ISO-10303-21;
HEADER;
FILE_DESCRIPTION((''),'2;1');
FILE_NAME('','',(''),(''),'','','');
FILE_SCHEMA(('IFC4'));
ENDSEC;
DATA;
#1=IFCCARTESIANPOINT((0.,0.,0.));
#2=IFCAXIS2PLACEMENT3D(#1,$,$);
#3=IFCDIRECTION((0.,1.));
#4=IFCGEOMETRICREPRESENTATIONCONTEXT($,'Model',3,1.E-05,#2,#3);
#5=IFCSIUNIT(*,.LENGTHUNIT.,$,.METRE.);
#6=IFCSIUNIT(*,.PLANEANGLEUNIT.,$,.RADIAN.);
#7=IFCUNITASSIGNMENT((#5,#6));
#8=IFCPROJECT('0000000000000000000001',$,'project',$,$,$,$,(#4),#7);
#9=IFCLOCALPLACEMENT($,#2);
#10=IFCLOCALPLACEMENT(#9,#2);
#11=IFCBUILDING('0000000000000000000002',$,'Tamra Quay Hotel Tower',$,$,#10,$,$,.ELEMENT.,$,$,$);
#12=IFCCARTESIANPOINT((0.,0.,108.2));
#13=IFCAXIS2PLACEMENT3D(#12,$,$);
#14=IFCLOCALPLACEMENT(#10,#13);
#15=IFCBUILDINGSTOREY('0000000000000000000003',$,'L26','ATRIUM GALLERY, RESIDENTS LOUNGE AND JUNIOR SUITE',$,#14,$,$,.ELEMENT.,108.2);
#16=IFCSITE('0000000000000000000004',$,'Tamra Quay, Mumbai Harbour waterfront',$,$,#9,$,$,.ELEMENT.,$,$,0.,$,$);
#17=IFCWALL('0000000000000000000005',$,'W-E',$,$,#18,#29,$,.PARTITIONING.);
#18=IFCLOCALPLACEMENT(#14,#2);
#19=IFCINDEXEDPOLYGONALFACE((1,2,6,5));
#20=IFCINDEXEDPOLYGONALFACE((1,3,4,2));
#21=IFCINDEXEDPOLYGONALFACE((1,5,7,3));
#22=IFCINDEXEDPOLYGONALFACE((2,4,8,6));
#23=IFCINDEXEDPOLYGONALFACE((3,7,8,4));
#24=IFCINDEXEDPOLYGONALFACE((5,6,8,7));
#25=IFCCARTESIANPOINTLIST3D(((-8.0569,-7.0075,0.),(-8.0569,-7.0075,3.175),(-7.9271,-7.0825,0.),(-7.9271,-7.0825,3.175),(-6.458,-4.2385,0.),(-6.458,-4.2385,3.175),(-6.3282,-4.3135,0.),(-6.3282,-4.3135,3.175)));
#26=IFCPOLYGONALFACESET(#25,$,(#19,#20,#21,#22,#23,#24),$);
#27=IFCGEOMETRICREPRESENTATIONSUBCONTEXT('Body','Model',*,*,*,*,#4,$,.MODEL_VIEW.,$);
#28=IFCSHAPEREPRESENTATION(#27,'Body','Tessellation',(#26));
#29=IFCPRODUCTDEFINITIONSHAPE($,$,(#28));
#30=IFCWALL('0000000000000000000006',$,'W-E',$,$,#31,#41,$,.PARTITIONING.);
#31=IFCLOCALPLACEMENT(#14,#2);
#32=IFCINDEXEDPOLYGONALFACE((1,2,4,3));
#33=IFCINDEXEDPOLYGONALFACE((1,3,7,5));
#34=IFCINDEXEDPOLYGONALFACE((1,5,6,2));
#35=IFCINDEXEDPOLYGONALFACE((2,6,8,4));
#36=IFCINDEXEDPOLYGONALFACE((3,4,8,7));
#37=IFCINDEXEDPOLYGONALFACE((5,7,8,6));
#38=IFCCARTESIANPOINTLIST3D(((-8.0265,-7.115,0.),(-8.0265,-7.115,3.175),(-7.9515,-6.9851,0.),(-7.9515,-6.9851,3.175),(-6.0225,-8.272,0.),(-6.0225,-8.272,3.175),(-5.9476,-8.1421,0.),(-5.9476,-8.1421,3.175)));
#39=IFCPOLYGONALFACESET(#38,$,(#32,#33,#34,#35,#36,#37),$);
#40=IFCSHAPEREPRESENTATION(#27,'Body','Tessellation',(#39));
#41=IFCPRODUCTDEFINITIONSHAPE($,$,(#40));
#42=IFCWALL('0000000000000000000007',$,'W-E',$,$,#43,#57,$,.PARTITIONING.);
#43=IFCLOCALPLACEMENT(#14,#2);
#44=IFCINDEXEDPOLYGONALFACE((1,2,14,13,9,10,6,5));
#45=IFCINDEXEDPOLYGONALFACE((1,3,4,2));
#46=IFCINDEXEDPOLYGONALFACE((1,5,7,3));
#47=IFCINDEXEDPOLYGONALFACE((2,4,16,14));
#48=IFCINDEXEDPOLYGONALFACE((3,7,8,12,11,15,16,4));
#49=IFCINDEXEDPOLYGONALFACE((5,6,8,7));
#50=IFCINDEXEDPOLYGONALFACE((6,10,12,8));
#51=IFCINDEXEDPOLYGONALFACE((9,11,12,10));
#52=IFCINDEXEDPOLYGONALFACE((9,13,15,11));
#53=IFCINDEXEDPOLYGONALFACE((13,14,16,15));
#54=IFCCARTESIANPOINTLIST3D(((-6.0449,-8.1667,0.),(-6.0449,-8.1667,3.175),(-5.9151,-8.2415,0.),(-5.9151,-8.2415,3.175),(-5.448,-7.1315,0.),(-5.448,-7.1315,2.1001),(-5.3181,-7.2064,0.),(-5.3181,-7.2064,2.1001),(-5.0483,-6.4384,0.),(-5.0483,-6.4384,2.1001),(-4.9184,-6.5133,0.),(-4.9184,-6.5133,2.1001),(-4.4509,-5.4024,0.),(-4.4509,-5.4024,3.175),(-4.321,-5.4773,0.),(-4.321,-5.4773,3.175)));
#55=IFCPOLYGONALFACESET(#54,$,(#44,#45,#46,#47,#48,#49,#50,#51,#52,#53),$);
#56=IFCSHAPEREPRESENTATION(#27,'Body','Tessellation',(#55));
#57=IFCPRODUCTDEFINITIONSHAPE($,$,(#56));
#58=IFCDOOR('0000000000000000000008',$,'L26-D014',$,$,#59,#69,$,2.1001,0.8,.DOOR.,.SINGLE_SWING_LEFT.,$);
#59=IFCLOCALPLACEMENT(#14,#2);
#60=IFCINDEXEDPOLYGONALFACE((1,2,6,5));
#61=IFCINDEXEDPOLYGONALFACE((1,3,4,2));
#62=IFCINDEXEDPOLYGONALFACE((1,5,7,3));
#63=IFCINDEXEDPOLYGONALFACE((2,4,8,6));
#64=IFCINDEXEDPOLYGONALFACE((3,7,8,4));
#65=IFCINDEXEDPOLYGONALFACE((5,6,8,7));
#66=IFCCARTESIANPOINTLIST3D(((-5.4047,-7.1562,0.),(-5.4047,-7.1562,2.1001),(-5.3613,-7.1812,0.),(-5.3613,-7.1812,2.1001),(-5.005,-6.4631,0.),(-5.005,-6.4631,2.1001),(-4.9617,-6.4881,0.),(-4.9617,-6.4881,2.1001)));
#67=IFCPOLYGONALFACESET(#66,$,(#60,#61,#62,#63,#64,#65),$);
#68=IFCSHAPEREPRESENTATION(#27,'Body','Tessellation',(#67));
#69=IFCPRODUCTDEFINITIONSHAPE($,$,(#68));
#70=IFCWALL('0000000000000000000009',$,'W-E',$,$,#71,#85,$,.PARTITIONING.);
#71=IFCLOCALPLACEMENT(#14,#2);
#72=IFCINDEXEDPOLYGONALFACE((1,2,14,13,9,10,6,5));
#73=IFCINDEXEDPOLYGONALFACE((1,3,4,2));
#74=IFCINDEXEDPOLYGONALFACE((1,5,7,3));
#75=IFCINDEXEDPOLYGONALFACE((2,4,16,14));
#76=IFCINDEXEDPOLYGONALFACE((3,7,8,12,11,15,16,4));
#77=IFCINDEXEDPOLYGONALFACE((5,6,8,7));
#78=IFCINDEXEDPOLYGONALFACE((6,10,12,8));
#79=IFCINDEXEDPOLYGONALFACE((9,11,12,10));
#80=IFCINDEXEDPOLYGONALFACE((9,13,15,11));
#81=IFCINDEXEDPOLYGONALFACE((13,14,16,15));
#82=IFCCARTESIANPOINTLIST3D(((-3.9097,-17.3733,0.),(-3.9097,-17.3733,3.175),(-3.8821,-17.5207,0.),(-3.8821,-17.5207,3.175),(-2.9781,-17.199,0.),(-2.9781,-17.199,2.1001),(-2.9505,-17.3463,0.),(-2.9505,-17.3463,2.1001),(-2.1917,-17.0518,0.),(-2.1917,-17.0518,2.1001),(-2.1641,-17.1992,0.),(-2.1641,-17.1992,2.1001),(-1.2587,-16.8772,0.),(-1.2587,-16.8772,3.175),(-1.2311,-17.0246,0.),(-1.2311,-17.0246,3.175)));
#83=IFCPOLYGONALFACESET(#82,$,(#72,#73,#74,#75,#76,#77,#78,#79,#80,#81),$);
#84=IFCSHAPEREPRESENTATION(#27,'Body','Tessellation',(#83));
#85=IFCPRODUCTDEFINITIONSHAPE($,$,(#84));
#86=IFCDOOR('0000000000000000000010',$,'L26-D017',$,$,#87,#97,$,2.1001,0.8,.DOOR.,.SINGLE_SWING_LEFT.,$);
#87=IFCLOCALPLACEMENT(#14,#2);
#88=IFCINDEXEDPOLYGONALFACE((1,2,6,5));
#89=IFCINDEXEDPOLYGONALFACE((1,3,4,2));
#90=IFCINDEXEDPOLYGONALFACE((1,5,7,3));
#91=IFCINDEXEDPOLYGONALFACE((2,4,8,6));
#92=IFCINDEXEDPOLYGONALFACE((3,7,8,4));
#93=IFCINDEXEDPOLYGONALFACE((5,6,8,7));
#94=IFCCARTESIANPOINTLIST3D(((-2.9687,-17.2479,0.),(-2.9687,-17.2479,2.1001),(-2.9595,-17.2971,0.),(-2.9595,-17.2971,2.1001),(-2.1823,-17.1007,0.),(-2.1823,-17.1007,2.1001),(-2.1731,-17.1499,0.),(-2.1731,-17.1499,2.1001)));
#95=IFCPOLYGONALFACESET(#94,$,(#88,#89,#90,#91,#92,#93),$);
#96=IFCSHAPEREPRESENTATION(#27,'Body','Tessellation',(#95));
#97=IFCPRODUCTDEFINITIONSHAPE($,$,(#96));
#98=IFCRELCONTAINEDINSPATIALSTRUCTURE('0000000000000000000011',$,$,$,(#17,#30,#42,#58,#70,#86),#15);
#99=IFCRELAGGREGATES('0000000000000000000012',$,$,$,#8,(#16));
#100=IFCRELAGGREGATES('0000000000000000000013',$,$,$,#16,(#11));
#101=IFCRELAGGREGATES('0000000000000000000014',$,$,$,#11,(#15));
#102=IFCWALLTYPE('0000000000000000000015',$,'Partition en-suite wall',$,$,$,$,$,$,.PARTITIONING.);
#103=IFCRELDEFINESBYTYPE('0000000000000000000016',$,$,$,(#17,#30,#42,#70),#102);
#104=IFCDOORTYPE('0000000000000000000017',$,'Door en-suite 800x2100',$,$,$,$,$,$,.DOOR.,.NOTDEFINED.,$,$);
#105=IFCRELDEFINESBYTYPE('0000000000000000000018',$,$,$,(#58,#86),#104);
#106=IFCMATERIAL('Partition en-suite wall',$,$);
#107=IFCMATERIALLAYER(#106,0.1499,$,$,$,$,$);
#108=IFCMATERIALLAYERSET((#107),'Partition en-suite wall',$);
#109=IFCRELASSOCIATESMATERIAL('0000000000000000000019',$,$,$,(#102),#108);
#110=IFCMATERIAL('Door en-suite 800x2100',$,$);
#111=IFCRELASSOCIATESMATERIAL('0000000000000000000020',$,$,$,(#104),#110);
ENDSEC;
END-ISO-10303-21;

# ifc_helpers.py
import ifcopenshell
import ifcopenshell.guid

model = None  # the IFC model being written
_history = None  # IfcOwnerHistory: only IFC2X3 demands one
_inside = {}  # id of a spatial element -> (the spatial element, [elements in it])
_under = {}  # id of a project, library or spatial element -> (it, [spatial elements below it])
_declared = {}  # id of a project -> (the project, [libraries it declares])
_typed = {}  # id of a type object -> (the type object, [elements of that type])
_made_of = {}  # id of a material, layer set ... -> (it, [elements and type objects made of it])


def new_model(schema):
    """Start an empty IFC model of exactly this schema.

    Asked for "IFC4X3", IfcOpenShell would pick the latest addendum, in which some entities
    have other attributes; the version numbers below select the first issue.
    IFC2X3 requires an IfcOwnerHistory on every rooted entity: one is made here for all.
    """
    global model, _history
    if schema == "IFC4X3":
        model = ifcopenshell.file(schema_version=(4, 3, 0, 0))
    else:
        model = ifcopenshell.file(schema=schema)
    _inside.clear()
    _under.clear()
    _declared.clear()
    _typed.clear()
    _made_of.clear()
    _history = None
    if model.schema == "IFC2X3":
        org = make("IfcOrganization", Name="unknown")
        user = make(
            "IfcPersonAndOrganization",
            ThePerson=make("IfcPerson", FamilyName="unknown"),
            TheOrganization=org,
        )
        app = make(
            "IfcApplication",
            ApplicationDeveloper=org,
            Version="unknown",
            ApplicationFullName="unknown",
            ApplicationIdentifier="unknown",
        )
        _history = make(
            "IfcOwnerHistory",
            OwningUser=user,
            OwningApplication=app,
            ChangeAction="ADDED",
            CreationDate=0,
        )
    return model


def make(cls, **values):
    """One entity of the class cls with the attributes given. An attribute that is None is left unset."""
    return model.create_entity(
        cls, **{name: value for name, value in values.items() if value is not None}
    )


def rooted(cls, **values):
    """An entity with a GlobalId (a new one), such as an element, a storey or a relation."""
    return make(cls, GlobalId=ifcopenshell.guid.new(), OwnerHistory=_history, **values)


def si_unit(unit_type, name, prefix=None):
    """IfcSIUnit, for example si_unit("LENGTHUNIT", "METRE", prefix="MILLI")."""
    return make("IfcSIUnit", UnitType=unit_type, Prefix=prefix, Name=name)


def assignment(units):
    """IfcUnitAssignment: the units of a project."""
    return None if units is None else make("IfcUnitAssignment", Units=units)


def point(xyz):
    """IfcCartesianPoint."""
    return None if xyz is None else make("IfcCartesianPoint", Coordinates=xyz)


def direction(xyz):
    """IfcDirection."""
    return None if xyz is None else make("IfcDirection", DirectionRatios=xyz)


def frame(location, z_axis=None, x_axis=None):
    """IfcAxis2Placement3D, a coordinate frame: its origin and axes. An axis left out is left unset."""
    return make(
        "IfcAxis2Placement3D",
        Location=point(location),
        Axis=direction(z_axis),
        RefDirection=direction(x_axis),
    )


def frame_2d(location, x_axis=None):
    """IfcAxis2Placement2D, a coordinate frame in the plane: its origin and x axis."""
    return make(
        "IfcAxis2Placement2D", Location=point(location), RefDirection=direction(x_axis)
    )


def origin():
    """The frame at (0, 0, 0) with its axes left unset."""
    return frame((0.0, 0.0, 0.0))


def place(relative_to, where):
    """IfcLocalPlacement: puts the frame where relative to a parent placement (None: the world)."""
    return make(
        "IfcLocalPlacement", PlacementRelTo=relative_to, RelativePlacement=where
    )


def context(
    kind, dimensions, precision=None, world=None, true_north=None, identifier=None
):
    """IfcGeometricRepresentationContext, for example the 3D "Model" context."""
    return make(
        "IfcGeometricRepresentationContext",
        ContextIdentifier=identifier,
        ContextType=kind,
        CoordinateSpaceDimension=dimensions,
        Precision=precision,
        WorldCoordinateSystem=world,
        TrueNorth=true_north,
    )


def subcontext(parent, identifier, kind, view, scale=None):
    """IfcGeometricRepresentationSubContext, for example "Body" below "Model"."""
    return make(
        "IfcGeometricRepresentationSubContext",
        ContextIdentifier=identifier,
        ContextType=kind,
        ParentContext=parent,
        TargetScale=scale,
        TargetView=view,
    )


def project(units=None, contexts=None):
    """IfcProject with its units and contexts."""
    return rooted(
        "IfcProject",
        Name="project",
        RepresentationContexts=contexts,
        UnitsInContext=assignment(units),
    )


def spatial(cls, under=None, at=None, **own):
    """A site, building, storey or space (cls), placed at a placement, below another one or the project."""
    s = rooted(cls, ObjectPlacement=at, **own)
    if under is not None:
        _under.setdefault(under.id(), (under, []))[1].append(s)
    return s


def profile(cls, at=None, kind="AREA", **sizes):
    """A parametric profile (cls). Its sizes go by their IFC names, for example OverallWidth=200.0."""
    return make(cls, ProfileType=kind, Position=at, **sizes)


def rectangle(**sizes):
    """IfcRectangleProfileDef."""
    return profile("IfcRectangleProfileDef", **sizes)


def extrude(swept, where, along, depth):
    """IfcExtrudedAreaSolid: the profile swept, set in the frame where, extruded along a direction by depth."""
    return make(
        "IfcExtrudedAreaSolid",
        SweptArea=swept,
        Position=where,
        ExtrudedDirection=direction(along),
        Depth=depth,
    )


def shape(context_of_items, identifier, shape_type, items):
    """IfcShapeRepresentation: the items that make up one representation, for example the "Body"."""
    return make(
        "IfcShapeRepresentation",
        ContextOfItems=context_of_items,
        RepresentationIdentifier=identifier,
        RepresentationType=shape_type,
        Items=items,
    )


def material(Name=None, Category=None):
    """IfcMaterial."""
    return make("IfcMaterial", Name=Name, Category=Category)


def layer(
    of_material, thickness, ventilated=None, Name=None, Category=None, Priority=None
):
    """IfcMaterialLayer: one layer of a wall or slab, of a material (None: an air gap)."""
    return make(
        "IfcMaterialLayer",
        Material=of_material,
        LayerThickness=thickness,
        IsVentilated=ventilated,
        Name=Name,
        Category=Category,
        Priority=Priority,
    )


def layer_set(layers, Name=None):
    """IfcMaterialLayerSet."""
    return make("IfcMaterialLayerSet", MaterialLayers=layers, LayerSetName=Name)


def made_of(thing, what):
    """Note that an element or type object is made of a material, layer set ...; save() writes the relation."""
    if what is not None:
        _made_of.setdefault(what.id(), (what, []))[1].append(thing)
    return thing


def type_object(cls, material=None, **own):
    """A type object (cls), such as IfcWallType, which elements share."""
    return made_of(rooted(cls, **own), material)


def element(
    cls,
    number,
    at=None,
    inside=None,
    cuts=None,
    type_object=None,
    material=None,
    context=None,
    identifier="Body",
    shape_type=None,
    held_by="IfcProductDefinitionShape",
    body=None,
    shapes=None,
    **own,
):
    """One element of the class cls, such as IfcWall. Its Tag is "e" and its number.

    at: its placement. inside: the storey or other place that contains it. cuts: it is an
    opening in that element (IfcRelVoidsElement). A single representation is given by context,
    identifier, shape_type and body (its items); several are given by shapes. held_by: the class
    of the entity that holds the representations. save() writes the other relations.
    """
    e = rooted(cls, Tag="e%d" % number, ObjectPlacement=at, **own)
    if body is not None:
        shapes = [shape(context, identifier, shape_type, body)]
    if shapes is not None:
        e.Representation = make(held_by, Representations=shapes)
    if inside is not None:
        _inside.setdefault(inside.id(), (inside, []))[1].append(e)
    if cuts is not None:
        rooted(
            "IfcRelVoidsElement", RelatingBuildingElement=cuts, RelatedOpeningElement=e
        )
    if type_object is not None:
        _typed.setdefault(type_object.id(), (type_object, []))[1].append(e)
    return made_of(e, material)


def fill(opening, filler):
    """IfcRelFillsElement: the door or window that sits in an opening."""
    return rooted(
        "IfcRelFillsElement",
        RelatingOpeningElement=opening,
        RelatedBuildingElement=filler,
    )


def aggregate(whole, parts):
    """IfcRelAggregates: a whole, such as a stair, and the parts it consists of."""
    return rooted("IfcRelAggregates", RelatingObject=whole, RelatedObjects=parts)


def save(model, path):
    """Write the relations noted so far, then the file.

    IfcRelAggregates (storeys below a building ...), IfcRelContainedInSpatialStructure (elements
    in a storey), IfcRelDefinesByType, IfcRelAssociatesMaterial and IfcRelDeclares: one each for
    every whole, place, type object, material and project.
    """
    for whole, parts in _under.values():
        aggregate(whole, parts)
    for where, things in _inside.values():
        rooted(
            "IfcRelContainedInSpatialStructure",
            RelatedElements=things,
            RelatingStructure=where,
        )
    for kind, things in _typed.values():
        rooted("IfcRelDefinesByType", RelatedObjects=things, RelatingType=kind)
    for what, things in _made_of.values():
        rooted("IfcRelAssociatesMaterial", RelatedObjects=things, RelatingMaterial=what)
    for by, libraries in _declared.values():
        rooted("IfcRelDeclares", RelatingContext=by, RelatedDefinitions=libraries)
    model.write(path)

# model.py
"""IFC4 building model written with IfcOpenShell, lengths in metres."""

from ifc_helpers import new_model, si_unit, direction, frame, frame_2d, origin, place, context, subcontext, project, spatial, rectangle, extrude, material, layer, layer_set, type_object, element, fill, save


model = new_model("IFC4")

# Units and contexts
model_context = context("Model", 3, precision=1e-05, world=origin(), true_north=direction((0.0, 1.0)))
body_context = subcontext(model_context, "Body", "Model", "MODEL_VIEW")
ifc_project = project(units=[si_unit("LENGTHUNIT", "METRE"), si_unit("PLANEANGLEUNIT", "RADIAN")], contexts=[model_context])

# Site, building, storey
site_placement = place(None, origin())
site = spatial("IfcSite", under=ifc_project, at=site_placement, Name="Tamra Quay, Mumbai Harbour waterfront", CompositionType="ELEMENT", RefElevation=0.0)
building_placement = place(site_placement, origin())
building = spatial("IfcBuilding", under=site, at=building_placement, Name="Tamra Quay Hotel Tower", CompositionType="ELEMENT")
storey_placement = place(building_placement, frame((0.0, 0.0, 108.2)))
storey = spatial("IfcBuildingStorey", under=building, at=storey_placement, Name="L26", Description="ATRIUM GALLERY, RESIDENTS LOUNGE AND JUNIOR SUITE", CompositionType="ELEMENT", Elevation=108.2)

# Walls
ifc_material_1 = material(Name="Partition en-suite wall")
ifc_layer_1 = layer(ifc_material_1, 0.1499)
ifc_layer_set_1 = layer_set([ifc_layer_1], Name="Partition en-suite wall")
wall_type_1 = type_object("IfcWallType", Name="Partition en-suite wall", PredefinedType="PARTITIONING", material=ifc_layer_set_1)
wall_1_placement = place(storey_placement, frame((-7.9919, -7.0449, 0.0), z_axis=(0.0, 0.0, 1.0), x_axis=(0.50004, 0.866002, 0.0)))
element("IfcWall", 1, at=wall_1_placement, inside=storey, type_object=wall_type_1, Name="W-E", PredefinedType="PARTITIONING", context=body_context, shape_type="SweptSolid", body=[
    extrude(rectangle(XDim=3.1975, YDim=0.1499, at=frame_2d((1.5986, 0.0))), origin(), (0.0, 0.0, 1.0), 3.175),
])
wall_2_placement = place(storey_placement, frame((-7.989, -7.05, 0.0), z_axis=(0.0, 0.0, 1.0), x_axis=(0.86602, -0.500009, 0.0)))
element("IfcWall", 2, at=wall_2_placement, inside=storey, type_object=wall_type_1, Name="W-E", PredefinedType="PARTITIONING", context=body_context, shape_type="SweptSolid", body=[
    extrude(rectangle(XDim=2.314, YDim=0.1499, at=frame_2d((1.157, 0.0))), origin(), (0.0, 0.0, 1.0), 3.175),
])

# Walls, openings, doors
wall_3_placement = place(storey_placement, frame((-5.98, -8.2041, 0.0), z_axis=(0.0, 0.0, 1.0), x_axis=(0.499555, 0.866282, 0.0)))
wall_3 = element("IfcWall", 3, at=wall_3_placement, inside=storey, type_object=wall_type_1, Name="W-E", PredefinedType="PARTITIONING", context=body_context, shape_type="SweptSolid", body=[
    extrude(rectangle(XDim=3.1909, YDim=0.1499, at=frame_2d((1.5955, 0.0))), origin(), (0.0, 0.0, 1.0), 3.175),
])
opening_1_placement = place(wall_3_placement, frame((1.1951, 0.0, 0.0)))
opening_1 = element("IfcOpeningElement", 4, at=opening_1_placement, cuts=wall_3, PredefinedType="OPENING", context=body_context, shape_type="SweptSolid", body=[
    extrude(rectangle(XDim=0.8, YDim=2.1001, at=frame_2d((0.3999, 1.05))), frame((0.0, 0.085, 0.0), z_axis=(0.0, -1.0, 0.0), x_axis=(1.0, 0.0, 0.0)), (0.0, 0.0, 1.0), 0.1699),
])
ifc_material_2 = material(Name="Door en-suite 800x2100")
door_type_1 = type_object("IfcDoorType", Name="Door en-suite 800x2100", OperationType="NOTDEFINED", PredefinedType="DOOR", material=ifc_material_2)
door_1_placement = place(opening_1_placement, frame((0.8, 0.0, 0.0), z_axis=(0.0, 0.0, 1.0), x_axis=(-1.0, 0.0, 0.0)))
door_1 = element("IfcDoor", 5, at=door_1_placement, inside=storey, type_object=door_type_1, Name="L26-D014", OperationType="SINGLE_SWING_LEFT", OverallHeight=2.1001, OverallWidth=0.8, PredefinedType="DOOR", context=body_context, shape_type="SweptSolid", body=[
    extrude(rectangle(XDim=0.8, YDim=2.1001, at=frame_2d((0.3999, 1.05))), frame((0.0, 0.0249, 0.0), z_axis=(0.0, -1.0, 0.0), x_axis=(1.0, 0.0, 0.0)), (0.0, 0.0, 1.0), 0.05),
])
fill(opening_1, door_1)
wall_4_placement = place(storey_placement, frame((-3.896, -17.447, 0.0), z_axis=(0.0, 0.0, 1.0), x_axis=(0.982936, 0.18395, 0.0)))
wall_4 = element("IfcWall", 6, at=wall_4_placement, inside=storey, type_object=wall_type_1, Name="W-E", PredefinedType="PARTITIONING", context=body_context, shape_type="SweptSolid", body=[
    extrude(rectangle(XDim=2.697, YDim=0.1499, at=frame_2d((1.3486, 0.0))), origin(), (0.0, 0.0, 1.0), 3.175),
])
opening_2_placement = place(wall_4_placement, frame((0.948, 0.0, 0.0)))
opening_2 = element("IfcOpeningElement", 7, at=opening_2_placement, cuts=wall_4, PredefinedType="OPENING", context=body_context, shape_type="SweptSolid", body=[
    extrude(rectangle(XDim=0.8, YDim=2.1001, at=frame_2d((0.3999, 1.05))), frame((0.0, 0.085, 0.0), z_axis=(0.0, -1.0, 0.0), x_axis=(1.0, 0.0, 0.0)), (0.0, 0.0, 1.0), 0.1699),
])
door_2_placement = place(opening_2_placement, frame((0.8, 0.0, 0.0), z_axis=(0.0, 0.0, 1.0), x_axis=(-1.0, 0.0, 0.0)))
door_2 = element("IfcDoor", 8, at=door_2_placement, inside=storey, type_object=door_type_1, Name="L26-D017", OperationType="SINGLE_SWING_LEFT", OverallHeight=2.1001, OverallWidth=0.8, PredefinedType="DOOR", context=body_context, shape_type="SweptSolid", body=[
    extrude(rectangle(XDim=0.8, YDim=2.1001, at=frame_2d((0.3999, 1.05))), frame((0.0, 0.0249, 0.0), z_axis=(0.0, -1.0, 0.0), x_axis=(1.0, 0.0, 0.0)), (0.0, 0.0, 1.0), 0.05),
])
fill(opening_2, door_2)

save(model, "model.ifc")
